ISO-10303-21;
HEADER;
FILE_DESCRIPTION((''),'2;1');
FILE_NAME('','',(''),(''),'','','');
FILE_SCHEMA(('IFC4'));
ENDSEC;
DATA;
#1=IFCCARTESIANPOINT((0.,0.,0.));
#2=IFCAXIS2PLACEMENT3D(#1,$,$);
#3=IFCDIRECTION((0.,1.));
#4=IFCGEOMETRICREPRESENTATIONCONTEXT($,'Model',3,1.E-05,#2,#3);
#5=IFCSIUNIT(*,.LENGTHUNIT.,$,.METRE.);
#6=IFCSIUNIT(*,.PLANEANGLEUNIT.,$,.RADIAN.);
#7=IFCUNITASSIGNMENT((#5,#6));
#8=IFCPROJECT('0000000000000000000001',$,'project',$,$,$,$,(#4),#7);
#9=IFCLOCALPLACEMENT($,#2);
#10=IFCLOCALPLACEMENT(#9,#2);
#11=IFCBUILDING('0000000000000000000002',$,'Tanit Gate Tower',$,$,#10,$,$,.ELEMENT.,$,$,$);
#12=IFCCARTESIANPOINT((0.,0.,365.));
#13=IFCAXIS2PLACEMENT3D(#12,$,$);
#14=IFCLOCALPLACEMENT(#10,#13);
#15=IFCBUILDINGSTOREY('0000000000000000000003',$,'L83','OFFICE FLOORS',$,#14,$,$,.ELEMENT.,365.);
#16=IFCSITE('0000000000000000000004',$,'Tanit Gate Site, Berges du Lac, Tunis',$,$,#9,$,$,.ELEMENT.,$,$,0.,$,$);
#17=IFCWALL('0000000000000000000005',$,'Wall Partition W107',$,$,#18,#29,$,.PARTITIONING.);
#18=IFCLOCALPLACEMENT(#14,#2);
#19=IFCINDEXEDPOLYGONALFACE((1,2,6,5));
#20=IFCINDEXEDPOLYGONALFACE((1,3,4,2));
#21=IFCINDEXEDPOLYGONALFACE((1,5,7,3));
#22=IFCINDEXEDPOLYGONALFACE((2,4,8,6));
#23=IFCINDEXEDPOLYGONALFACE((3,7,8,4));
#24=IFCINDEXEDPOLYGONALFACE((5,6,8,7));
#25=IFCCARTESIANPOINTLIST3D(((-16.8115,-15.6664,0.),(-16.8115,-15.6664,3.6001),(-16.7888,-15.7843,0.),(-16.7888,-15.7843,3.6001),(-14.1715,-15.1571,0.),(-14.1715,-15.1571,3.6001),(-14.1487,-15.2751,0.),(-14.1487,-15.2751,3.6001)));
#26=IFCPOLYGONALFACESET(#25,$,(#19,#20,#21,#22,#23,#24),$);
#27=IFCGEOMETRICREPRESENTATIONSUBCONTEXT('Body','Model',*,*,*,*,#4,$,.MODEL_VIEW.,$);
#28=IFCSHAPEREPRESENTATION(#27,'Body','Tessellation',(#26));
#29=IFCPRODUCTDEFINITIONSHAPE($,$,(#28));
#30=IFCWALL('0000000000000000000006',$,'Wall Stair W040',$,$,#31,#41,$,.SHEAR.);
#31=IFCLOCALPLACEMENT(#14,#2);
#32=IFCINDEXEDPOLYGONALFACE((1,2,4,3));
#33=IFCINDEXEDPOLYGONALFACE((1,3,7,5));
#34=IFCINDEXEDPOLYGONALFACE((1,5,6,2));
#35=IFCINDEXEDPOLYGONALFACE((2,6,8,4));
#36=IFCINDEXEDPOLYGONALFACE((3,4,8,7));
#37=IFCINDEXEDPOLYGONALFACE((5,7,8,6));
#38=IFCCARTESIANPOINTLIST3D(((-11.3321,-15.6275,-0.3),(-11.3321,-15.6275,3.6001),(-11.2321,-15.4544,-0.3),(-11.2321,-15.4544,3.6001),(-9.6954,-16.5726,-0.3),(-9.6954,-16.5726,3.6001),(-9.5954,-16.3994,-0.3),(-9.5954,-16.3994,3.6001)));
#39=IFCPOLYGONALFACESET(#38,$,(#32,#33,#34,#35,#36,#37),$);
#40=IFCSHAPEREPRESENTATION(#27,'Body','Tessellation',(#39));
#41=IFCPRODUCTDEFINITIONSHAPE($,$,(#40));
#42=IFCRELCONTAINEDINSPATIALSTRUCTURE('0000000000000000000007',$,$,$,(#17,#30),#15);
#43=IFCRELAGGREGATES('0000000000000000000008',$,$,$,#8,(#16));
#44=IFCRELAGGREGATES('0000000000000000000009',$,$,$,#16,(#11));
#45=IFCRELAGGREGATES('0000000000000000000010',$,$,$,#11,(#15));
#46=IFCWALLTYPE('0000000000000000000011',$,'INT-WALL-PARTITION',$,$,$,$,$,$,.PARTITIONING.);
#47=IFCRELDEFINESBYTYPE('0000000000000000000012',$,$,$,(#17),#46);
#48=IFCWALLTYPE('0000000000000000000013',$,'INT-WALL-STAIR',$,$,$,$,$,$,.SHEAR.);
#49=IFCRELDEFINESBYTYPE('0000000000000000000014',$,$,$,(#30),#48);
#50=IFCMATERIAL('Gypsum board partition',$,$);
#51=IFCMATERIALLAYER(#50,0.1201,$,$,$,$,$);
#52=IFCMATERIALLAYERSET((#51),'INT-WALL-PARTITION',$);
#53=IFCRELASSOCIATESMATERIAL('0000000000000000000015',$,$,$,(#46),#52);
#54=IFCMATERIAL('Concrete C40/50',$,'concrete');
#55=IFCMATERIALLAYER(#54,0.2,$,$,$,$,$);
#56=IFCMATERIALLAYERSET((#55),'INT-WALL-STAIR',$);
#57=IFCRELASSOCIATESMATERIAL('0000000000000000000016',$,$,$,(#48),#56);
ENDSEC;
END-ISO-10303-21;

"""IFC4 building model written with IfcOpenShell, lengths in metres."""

from ifc_helpers import new_model, si_unit, direction, frame, frame_2d, origin, place, context, subcontext, project, spatial, rectangle, extrude, material, layer, layer_set, type_object, element, save


model = new_model("IFC4")

# Units and contexts
model_context = context("Model", 3, precision=1e-05, world=origin(), true_north=direction((0.0, 1.0)))
body_context = subcontext(model_context, "Body", "Model", "MODEL_VIEW")
ifc_project = project(units=[si_unit("LENGTHUNIT", "METRE"), si_unit("PLANEANGLEUNIT", "RADIAN")], contexts=[model_context])

# Site, building, storey
site_placement = place(None, origin())
site = spatial("IfcSite", under=ifc_project, at=site_placement, Name="Tanit Gate Site, Berges du Lac, Tunis", CompositionType="ELEMENT", RefElevation=0.0)
building_placement = place(site_placement, origin())
building = spatial("IfcBuilding", under=site, at=building_placement, Name="Tanit Gate Tower", CompositionType="ELEMENT")
storey_placement = place(building_placement, frame((0.0, 0.0, 365.0)))
storey = spatial("IfcBuildingStorey", under=building, at=storey_placement, Name="L83", Description="OFFICE FLOORS", CompositionType="ELEMENT", Elevation=365.0)

# Shared definitions
ifc_material_1 = material(Name="Gypsum board partition")
ifc_layer_1 = layer(ifc_material_1, 0.1201)
ifc_layer_set_1 = layer_set([ifc_layer_1], Name="INT-WALL-PARTITION")
wall_type_1 = type_object("IfcWallType", Name="INT-WALL-PARTITION", PredefinedType="PARTITIONING", material=ifc_layer_set_1)

# Walls
wall_1_placement = place(storey_placement, frame((-16.8, -15.7253, 0.0), z_axis=(0.0, 0.0, 1.0), x_axis=(0.981899, 0.189406, 0.0)))
element("IfcWall", 1, at=wall_1_placement, inside=storey, type_object=wall_type_1, Name="Wall Partition W107", PredefinedType="PARTITIONING", context=body_context, shape_type="SweptSolid", body=[
    extrude(rectangle(XDim=2.6887, YDim=0.1201, at=frame_2d((1.3442, 0.0))), origin(), (0.0, 0.0, 1.0), 3.6001),
])
ifc_material_2 = material(Name="Concrete C40/50", Category="concrete")
ifc_layer_2 = layer(ifc_material_2, 0.2)
ifc_layer_set_2 = layer_set([ifc_layer_2], Name="INT-WALL-STAIR")
wall_type_2 = type_object("IfcWallType", Name="INT-WALL-STAIR", PredefinedType="SHEAR", material=ifc_layer_set_2)
wall_2_placement = place(storey_placement, frame((-11.282, -15.541, -0.3), z_axis=(0.0, 0.0, 1.0), x_axis=(0.866001, -0.500043, 0.0)))
element("IfcWall", 2, at=wall_2_placement, inside=storey, type_object=wall_type_2, Name="Wall Stair W040", PredefinedType="SHEAR", context=body_context, shape_type="SweptSolid", body=[
    extrude(rectangle(XDim=1.8899, YDim=0.2, at=frame_2d((0.9448, 0.0))), origin(), (0.0, 0.0, 1.0), 3.9001),
])

save(model, "model.ifc")
